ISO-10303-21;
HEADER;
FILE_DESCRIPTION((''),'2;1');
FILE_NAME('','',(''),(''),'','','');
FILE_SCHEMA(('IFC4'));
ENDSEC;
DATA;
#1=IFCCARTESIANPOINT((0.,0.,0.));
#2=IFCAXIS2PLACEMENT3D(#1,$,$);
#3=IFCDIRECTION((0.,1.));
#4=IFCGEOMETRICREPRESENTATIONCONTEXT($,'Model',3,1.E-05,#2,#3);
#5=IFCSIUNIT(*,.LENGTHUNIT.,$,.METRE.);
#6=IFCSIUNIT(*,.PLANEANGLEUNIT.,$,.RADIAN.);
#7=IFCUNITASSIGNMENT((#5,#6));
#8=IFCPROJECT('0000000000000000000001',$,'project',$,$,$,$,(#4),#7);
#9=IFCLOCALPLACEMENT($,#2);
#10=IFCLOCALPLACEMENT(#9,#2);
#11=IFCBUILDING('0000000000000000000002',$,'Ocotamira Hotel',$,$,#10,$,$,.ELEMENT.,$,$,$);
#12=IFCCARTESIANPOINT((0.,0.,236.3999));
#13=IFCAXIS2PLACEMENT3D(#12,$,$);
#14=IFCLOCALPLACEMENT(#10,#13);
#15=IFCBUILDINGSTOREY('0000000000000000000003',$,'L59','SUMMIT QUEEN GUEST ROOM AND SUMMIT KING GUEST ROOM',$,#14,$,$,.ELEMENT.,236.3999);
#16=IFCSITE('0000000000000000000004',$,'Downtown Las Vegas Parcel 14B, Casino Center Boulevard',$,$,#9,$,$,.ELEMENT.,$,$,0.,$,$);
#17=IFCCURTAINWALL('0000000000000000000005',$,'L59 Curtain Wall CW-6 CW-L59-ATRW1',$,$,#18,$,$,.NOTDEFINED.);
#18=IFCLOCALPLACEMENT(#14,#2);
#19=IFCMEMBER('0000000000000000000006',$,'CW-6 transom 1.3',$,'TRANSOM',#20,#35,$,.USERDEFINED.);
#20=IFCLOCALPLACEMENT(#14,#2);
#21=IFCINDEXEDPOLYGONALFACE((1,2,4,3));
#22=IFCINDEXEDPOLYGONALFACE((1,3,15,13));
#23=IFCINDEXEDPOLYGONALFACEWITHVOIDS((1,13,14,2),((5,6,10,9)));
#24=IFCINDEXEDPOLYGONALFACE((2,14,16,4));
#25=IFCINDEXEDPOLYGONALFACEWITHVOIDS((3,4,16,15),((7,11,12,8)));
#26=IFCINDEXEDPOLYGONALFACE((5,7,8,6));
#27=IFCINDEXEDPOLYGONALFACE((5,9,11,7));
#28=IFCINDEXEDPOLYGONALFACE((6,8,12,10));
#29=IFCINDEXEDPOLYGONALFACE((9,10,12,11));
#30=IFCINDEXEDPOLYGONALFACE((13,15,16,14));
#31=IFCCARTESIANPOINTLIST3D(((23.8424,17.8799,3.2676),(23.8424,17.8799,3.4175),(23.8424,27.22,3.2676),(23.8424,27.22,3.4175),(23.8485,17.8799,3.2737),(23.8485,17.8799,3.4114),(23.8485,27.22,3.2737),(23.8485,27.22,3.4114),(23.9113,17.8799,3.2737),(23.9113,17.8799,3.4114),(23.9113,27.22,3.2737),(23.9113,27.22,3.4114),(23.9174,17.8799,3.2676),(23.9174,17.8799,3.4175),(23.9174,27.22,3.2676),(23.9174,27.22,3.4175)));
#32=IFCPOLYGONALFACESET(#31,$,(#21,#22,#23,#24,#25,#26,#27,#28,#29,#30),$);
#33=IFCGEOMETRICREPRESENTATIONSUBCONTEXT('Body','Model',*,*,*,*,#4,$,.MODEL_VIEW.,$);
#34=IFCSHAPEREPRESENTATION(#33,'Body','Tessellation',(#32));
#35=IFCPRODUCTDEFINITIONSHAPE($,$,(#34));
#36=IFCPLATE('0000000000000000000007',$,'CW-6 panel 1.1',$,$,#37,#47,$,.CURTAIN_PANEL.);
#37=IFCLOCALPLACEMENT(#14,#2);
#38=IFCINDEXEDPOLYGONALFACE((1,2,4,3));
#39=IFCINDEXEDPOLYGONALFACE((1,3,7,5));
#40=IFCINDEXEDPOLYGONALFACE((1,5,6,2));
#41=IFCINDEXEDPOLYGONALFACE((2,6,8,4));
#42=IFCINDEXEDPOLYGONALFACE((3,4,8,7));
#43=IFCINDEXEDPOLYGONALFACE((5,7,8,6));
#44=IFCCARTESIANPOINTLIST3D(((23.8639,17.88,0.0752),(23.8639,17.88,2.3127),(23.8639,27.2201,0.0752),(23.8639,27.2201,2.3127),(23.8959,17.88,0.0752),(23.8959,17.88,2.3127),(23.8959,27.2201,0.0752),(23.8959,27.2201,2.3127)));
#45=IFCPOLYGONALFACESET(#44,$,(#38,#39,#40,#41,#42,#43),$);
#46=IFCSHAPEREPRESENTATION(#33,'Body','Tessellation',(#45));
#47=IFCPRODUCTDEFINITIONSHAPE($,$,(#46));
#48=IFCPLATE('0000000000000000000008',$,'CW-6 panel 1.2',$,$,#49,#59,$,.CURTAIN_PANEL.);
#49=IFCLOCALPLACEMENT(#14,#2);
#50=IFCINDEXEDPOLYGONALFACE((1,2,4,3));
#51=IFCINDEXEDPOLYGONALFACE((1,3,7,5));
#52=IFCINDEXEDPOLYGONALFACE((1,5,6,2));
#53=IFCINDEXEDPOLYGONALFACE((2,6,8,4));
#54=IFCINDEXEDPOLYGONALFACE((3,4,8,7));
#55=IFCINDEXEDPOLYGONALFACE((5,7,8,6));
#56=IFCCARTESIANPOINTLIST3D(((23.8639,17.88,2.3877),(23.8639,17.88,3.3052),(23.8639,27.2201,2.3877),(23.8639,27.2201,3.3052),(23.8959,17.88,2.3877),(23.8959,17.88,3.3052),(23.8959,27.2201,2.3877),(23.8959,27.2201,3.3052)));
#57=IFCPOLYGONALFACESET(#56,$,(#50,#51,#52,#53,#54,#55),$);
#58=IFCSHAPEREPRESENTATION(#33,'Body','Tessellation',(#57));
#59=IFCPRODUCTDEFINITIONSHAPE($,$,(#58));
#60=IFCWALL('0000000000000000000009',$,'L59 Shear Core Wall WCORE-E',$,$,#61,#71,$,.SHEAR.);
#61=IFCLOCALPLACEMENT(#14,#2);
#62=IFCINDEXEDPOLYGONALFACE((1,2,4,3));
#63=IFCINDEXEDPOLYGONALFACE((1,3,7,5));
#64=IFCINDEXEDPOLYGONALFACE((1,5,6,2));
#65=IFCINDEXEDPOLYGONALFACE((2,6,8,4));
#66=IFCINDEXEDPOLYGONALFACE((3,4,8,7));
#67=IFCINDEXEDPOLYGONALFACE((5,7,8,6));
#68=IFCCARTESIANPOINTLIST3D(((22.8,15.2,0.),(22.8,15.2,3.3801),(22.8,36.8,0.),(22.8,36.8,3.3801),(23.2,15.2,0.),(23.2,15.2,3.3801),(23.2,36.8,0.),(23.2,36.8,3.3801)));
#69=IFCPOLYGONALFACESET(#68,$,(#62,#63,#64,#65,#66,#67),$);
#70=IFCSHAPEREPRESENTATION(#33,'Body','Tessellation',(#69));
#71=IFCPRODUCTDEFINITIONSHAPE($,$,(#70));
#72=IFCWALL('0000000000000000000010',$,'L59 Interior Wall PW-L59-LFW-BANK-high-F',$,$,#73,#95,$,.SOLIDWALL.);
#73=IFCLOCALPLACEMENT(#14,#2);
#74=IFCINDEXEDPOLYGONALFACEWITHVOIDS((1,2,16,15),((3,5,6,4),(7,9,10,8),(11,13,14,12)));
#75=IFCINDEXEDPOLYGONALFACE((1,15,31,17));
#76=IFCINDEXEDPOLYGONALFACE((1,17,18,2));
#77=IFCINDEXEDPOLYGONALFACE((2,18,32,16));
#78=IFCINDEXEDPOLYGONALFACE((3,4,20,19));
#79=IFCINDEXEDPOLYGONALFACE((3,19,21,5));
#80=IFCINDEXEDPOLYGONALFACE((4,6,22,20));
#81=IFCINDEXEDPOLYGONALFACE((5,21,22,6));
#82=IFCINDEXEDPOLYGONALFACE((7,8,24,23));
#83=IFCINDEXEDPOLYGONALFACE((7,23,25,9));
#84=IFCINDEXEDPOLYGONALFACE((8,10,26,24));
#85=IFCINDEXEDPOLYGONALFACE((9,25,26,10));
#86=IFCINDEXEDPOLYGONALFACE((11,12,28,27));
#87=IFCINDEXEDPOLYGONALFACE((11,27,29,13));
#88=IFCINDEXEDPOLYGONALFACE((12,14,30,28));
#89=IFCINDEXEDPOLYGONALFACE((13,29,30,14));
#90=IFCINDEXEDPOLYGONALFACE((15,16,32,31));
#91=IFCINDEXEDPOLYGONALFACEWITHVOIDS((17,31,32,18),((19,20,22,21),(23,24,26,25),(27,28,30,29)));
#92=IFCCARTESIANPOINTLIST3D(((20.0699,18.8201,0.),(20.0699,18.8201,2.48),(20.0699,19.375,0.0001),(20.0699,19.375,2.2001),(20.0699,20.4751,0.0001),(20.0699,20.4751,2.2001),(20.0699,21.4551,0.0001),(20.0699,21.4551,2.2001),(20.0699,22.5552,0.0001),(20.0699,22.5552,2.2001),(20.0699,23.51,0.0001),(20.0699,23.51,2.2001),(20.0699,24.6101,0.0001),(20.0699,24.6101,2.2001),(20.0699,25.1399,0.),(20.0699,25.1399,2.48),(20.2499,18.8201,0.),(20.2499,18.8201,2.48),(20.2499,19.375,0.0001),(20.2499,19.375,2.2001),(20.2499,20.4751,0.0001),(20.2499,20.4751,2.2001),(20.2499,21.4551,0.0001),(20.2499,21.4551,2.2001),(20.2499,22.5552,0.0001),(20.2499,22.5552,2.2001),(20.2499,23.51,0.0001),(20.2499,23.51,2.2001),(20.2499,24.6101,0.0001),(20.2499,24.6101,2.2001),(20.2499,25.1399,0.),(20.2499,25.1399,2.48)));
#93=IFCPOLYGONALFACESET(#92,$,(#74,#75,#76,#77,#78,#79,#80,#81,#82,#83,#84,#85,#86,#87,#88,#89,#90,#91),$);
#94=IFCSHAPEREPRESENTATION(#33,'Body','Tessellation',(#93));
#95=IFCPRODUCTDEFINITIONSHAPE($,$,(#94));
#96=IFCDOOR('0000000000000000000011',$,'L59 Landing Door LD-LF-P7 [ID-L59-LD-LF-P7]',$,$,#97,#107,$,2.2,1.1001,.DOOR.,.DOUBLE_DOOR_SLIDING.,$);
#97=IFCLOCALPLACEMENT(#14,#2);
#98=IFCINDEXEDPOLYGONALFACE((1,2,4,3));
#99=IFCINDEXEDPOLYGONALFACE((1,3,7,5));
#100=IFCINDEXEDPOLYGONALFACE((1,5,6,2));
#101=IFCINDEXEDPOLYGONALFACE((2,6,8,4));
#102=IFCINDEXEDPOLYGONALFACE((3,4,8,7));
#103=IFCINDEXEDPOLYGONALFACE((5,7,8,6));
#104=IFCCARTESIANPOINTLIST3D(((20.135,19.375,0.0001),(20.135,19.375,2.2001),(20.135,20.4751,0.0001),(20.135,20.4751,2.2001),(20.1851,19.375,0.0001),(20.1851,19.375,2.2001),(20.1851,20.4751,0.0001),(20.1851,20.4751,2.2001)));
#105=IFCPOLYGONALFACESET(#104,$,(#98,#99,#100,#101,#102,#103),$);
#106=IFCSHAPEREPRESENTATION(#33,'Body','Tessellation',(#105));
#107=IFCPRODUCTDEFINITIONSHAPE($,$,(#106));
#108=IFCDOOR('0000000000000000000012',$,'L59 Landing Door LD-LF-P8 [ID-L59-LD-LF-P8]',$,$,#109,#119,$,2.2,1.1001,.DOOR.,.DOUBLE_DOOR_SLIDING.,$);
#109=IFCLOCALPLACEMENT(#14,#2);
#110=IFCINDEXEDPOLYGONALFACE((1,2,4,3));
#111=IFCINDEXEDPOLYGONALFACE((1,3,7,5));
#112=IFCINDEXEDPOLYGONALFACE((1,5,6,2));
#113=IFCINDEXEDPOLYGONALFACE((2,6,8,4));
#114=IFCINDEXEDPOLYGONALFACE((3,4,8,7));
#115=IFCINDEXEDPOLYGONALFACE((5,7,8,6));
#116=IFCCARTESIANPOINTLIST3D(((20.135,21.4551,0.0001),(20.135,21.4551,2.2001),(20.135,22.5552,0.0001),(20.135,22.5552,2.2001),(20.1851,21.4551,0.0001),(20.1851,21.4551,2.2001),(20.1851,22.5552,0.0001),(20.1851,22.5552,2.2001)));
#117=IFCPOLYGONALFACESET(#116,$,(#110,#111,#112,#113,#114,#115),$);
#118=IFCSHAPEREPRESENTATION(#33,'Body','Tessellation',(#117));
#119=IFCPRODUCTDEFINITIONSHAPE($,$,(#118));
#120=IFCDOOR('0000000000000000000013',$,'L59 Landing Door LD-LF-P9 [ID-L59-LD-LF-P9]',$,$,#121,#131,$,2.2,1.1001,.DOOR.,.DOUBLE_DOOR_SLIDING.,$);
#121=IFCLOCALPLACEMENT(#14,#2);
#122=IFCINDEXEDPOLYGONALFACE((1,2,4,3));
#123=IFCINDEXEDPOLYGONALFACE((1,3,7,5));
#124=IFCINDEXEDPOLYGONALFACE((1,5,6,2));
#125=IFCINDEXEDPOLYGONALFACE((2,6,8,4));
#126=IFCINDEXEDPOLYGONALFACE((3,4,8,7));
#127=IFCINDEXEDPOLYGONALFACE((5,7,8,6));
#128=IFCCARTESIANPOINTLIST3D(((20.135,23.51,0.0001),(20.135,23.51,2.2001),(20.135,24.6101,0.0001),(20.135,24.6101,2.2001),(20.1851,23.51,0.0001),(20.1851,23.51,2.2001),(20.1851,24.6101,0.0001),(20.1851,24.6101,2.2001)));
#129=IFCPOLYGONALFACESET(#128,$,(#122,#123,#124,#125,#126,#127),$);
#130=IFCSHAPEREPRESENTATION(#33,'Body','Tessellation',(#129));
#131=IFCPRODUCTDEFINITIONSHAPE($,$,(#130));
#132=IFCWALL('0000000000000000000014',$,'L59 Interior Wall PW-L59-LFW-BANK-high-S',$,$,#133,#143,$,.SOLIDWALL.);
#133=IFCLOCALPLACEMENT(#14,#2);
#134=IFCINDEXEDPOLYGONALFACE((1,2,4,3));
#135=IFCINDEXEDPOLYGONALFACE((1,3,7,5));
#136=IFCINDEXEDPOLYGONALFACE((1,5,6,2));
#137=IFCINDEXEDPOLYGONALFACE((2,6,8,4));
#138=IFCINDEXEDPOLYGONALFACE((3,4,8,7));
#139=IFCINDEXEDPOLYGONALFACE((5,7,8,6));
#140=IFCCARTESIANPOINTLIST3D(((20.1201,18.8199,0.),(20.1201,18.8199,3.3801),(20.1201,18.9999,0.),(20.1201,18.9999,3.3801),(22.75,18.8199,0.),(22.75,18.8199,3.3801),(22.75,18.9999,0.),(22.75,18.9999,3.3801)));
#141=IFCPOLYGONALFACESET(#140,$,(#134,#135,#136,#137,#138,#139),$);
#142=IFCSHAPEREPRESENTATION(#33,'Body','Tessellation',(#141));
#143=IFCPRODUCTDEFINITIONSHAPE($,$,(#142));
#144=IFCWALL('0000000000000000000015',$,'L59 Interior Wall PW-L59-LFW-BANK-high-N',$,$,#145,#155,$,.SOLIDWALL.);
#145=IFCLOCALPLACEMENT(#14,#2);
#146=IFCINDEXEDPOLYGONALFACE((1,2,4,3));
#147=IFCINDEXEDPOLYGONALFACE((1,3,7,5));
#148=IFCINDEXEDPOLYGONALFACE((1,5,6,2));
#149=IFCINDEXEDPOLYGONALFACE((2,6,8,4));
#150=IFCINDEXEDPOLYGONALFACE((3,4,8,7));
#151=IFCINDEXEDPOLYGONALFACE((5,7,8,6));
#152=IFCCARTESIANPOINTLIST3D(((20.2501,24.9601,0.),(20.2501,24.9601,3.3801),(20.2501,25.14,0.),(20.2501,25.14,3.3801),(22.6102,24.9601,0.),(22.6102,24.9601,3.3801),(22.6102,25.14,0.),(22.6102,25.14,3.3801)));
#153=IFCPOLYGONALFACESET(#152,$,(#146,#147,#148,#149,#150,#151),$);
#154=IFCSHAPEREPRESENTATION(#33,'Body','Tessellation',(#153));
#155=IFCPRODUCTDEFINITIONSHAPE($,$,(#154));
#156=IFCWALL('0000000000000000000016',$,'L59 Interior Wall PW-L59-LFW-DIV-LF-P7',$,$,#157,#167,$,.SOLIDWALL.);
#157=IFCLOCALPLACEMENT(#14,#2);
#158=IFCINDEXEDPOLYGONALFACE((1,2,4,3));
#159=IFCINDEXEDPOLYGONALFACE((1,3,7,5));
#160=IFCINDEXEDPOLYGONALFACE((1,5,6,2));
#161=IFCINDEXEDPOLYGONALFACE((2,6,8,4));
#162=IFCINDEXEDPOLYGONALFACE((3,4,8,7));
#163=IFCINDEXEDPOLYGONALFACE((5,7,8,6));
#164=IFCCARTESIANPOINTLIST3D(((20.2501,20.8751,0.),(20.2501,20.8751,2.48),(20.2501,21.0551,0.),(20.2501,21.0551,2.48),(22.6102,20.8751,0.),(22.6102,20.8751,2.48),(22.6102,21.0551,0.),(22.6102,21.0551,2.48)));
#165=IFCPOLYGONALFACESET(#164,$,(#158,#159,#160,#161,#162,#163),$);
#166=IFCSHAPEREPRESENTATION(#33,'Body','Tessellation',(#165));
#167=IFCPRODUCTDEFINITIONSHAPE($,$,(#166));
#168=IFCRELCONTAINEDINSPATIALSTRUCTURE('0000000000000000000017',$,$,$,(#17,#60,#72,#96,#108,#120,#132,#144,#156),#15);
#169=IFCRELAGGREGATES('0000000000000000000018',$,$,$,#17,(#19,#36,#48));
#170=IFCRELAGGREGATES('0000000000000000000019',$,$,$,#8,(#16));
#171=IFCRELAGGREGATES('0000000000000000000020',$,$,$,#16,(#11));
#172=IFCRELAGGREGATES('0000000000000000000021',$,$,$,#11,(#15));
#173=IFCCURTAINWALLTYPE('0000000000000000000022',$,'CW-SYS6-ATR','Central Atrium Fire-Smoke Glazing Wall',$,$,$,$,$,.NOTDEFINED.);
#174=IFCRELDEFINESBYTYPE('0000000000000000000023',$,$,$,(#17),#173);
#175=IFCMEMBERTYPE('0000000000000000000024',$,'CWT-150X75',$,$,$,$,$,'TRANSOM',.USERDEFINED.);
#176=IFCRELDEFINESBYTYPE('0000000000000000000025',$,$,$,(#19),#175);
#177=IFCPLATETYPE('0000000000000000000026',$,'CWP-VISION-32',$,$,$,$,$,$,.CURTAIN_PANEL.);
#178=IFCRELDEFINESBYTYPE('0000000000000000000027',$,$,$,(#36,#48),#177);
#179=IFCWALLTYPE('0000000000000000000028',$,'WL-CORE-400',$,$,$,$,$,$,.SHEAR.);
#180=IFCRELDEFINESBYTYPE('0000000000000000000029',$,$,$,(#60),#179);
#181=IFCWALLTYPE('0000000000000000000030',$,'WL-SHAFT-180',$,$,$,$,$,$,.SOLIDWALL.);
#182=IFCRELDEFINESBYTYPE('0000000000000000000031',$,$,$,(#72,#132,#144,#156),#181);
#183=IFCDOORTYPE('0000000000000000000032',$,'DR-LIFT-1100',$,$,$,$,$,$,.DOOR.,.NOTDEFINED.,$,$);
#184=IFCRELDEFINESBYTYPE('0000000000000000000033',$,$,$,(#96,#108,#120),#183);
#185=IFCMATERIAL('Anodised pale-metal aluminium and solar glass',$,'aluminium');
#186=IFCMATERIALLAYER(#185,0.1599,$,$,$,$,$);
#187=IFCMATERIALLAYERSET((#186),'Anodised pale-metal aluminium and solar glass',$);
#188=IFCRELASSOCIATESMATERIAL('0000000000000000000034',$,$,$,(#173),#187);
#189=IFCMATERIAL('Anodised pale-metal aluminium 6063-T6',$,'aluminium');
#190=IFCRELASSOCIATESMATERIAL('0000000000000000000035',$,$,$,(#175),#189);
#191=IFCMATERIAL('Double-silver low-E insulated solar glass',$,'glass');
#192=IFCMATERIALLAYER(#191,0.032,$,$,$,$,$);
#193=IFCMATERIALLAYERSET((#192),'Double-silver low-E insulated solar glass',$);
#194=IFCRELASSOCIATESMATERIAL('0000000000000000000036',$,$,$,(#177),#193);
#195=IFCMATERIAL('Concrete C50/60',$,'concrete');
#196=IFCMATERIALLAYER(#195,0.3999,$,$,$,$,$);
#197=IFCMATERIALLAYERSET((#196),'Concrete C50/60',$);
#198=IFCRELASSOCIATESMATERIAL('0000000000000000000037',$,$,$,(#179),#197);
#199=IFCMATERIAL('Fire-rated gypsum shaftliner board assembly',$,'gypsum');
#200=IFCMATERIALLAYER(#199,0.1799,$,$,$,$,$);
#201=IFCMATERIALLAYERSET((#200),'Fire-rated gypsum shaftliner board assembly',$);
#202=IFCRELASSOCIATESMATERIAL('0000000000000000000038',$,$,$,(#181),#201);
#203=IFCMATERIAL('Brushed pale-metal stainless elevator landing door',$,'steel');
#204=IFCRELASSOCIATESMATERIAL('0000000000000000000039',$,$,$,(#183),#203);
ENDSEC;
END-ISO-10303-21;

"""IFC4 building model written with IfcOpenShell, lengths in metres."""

from ifc_helpers import new_model, si_unit, direction, frame, frame_2d, origin, origin_2d, place, context, subcontext, project, spatial, rectangle, hollow_rectangle, extrude, source, transform, mapped, material, layer, layer_set, material_profile, profile_set, type_object, element, fill, aggregate, save


model = new_model("IFC4")

# Units and contexts
model_context = context("Model", 3, precision=1e-05, world=origin(), true_north=direction((0.0, 1.0)))
body_context = subcontext(model_context, "Body", "Model", "MODEL_VIEW")
ifc_project = project(units=[si_unit("LENGTHUNIT", "METRE"), si_unit("PLANEANGLEUNIT", "RADIAN")], contexts=[model_context])

# Site, building, storey
site_placement = place(None, origin())
site = spatial("IfcSite", under=ifc_project, at=site_placement, Name="Downtown Las Vegas Parcel 14B, Casino Center Boulevard", CompositionType="ELEMENT", RefElevation=0.0)
building_placement = place(site_placement, origin())
building = spatial("IfcBuilding", under=site, at=building_placement, Name="Ocotamira Hotel", CompositionType="ELEMENT")
storey_placement = place(building_placement, frame((0.0, 0.0, 236.3999)))
storey = spatial("IfcBuildingStorey", under=building, at=storey_placement, Name="L59", Description="SUMMIT QUEEN GUEST ROOM AND SUMMIT KING GUEST ROOM", CompositionType="ELEMENT", Elevation=236.3999)

# Curtain wall, member, plates
ifc_material_1 = material(Name="Anodised pale-metal aluminium and solar glass", Category="aluminium")
ifc_layer_1 = layer(ifc_material_1, 0.1599)
ifc_layer_set_1 = layer_set([ifc_layer_1], Name="Anodised pale-metal aluminium and solar glass")
curtain_wall_type = type_object("IfcCurtainWallType", Name="CW-SYS6-ATR", Description="Central Atrium Fire-Smoke Glazing Wall", PredefinedType="NOTDEFINED", material=ifc_layer_set_1)
curtain_wall_placement = place(storey_placement, origin())
curtain_wall = element("IfcCurtainWall", 1, at=curtain_wall_placement, inside=storey, type_object=curtain_wall_type, Name="L59 Curtain Wall CW-6 CW-L59-ATRW1", PredefinedType="NOTDEFINED")
ifc_material_2 = material(Name="Anodised pale-metal aluminium 6063-T6", Category="aluminium")
ifc_material_profile_1 = material_profile(ifc_material_2, hollow_rectangle(XDim=0.075, YDim=0.1499, WallThickness=0.0061, at=origin_2d()), Name="HSS150X75X6")
ifc_profile_set_1 = profile_set([ifc_material_profile_1], Name="Anodised pale-metal aluminium 6063-T6")
member_type_1 = type_object("IfcMemberType", Name="CWT-150X75", ElementType="TRANSOM", PredefinedType="USERDEFINED", material=ifc_profile_set_1)
shared_shape_1 = source(origin(), body_context, "Body", "SweptSolid", [
    extrude(hollow_rectangle(XDim=0.075, YDim=0.1499, WallThickness=0.0061, at=origin_2d()), origin(), (0.0, 0.0, 1.0), 9.3401),
])
member_1_placement = place(storey_placement, frame((23.8799, 17.8799, 3.3425), z_axis=(0.0, 1.0, 0.0), x_axis=(-1.0, 0.0, 0.0)))
member_1 = element("IfcMember", 2, at=member_1_placement, type_object=member_type_1, Name="CW-6 transom 1.3", ObjectType="TRANSOM", PredefinedType="USERDEFINED", context=body_context, shape_type="MappedRepresentation", body=[
    mapped(shared_shape_1, transform((0.0, 0.0, 0.0), scale=1.0)),
])
ifc_material_3 = material(Name="Double-silver low-E insulated solar glass", Category="glass")
ifc_layer_2 = layer(ifc_material_3, 0.032)
ifc_layer_set_2 = layer_set([ifc_layer_2], Name="Double-silver low-E insulated solar glass")
plate_type = type_object("IfcPlateType", Name="CWP-VISION-32", PredefinedType="CURTAIN_PANEL", material=ifc_layer_set_2)
shared_shape_2 = source(origin(), body_context, "Body", "SweptSolid", [
    extrude(rectangle(XDim=9.3401, YDim=0.032, at=origin_2d()), origin(), (0.0, 0.0, 1.0), 2.2375),
])
plate_1_placement = place(storey_placement, frame((23.8799, 22.55, 0.0752), z_axis=(0.0, 0.0, 1.0), x_axis=(0.0, 1.0, 0.0)))
plate_1 = element("IfcPlate", 3, at=plate_1_placement, type_object=plate_type, Name="CW-6 panel 1.1", PredefinedType="CURTAIN_PANEL", context=body_context, shape_type="MappedRepresentation", body=[
    mapped(shared_shape_2, transform((0.0, 0.0, 0.0), scale=1.0)),
])
shared_shape_3 = source(origin(), body_context, "Body", "SweptSolid", [
    extrude(rectangle(XDim=9.3401, YDim=0.032, at=origin_2d()), origin(), (0.0, 0.0, 1.0), 0.9175),
])
plate_2_placement = place(storey_placement, frame((23.8799, 22.55, 2.3877), z_axis=(0.0, 0.0, 1.0), x_axis=(0.0, 1.0, 0.0)))
plate_2 = element("IfcPlate", 4, at=plate_2_placement, type_object=plate_type, Name="CW-6 panel 1.2", PredefinedType="CURTAIN_PANEL", context=body_context, shape_type="MappedRepresentation", body=[
    mapped(shared_shape_3, transform((0.0, 0.0, 0.0), scale=1.0)),
])
aggregate(curtain_wall, [member_1, plate_1, plate_2])

# Wall
ifc_material_4 = material(Name="Concrete C50/60", Category="concrete")
ifc_layer_3 = layer(ifc_material_4, 0.3999)
ifc_layer_set_3 = layer_set([ifc_layer_3], Name="Concrete C50/60")
wall_type_1 = type_object("IfcWallType", Name="WL-CORE-400", PredefinedType="SHEAR", material=ifc_layer_set_3)
wall_1_placement = place(storey_placement, frame((23.0, 15.2, 0.0), z_axis=(0.0, 0.0, 1.0), x_axis=(0.0, 1.0, 0.0)))
element("IfcWall", 5, at=wall_1_placement, inside=storey, type_object=wall_type_1, Name="L59 Shear Core Wall WCORE-E", PredefinedType="SHEAR", context=body_context, shape_type="SweptSolid", body=[
    extrude(rectangle(XDim=21.6001, YDim=0.3999, at=frame_2d((10.8, 0.0))), origin(), (0.0, 0.0, 1.0), 3.3801),
])

# Wall, openings, doors
ifc_material_5 = material(Name="Fire-rated gypsum shaftliner board assembly", Category="gypsum")
ifc_layer_4 = layer(ifc_material_5, 0.1799)
ifc_layer_set_4 = layer_set([ifc_layer_4], Name="Fire-rated gypsum shaftliner board assembly")
wall_type_2 = type_object("IfcWallType", Name="WL-SHAFT-180", PredefinedType="SOLIDWALL", material=ifc_layer_set_4)
wall_2_placement = place(storey_placement, frame((20.1599, 18.8201, 0.0), z_axis=(0.0, 0.0, 1.0), x_axis=(0.0, 1.0, 0.0)))
wall_2 = element("IfcWall", 6, at=wall_2_placement, inside=storey, type_object=wall_type_2, Name="L59 Interior Wall PW-L59-LFW-BANK-high-F", PredefinedType="SOLIDWALL", context=body_context, shape_type="SweptSolid", body=[
    extrude(rectangle(XDim=6.3198, YDim=0.1799, at=frame_2d((3.1599, 0.0))), origin(), (0.0, 0.0, 1.0), 2.48),
])
opening_1_placement = place(wall_2_placement, frame((0.5549, 0.0, 0.0)))
opening_1 = element("IfcOpeningElement", 7, at=opening_1_placement, cuts=wall_2, PredefinedType="OPENING", context=body_context, shape_type="SweptSolid", body=[
    extrude(rectangle(XDim=1.1001, YDim=2.2, at=frame_2d((0.55, 1.1001))), frame((0.0, 0.1001, 0.0), z_axis=(0.0, -1.0, 0.0), x_axis=(1.0, 0.0, 0.0)), (0.0, 0.0, 1.0), 0.2),
])
opening_2_placement = place(wall_2_placement, frame((2.635, 0.0, 0.0)))
opening_2 = element("IfcOpeningElement", 8, at=opening_2_placement, cuts=wall_2, PredefinedType="OPENING", context=body_context, shape_type="SweptSolid", body=[
    extrude(rectangle(XDim=1.1001, YDim=2.2, at=frame_2d((0.55, 1.1001))), frame((0.0, 0.1001, 0.0), z_axis=(0.0, -1.0, 0.0), x_axis=(1.0, 0.0, 0.0)), (0.0, 0.0, 1.0), 0.2),
])
opening_3_placement = place(wall_2_placement, frame((4.6899, 0.0, 0.0)))
opening_3 = element("IfcOpeningElement", 9, at=opening_3_placement, cuts=wall_2, PredefinedType="OPENING", context=body_context, shape_type="SweptSolid", body=[
    extrude(rectangle(XDim=1.1001, YDim=2.2, at=frame_2d((0.55, 1.1001))), frame((0.0, 0.1001, 0.0), z_axis=(0.0, -1.0, 0.0), x_axis=(1.0, 0.0, 0.0)), (0.0, 0.0, 1.0), 0.2),
])
ifc_material_6 = material(Name="Brushed pale-metal stainless elevator landing door", Category="steel")
door_type = type_object("IfcDoorType", Name="DR-LIFT-1100", OperationType="NOTDEFINED", PredefinedType="DOOR", material=ifc_material_6)
shared_shape_4 = source(origin(), body_context, "Body", "SweptSolid", [
    extrude(rectangle(XDim=1.1001, YDim=2.2, at=frame_2d((0.55, 1.1001))), frame((0.0, 0.0249, 0.0), z_axis=(0.0, -1.0, 0.0), x_axis=(1.0, 0.0, 0.0)), (0.0, 0.0, 1.0), 0.05),
])
door_1_placement = place(opening_1_placement, origin())
door_1 = element("IfcDoor", 10, at=door_1_placement, inside=storey, type_object=door_type, Name="L59 Landing Door LD-LF-P7 [ID-L59-LD-LF-P7]", OperationType="DOUBLE_DOOR_SLIDING", OverallHeight=2.2, OverallWidth=1.1001, PredefinedType="DOOR", context=body_context, shape_type="MappedRepresentation", body=[
    mapped(shared_shape_4, transform((0.0, 0.0, 0.0), scale=1.0)),
])
fill(opening_1, door_1)
door_2_placement = place(opening_2_placement, origin())
door_2 = element("IfcDoor", 11, at=door_2_placement, inside=storey, type_object=door_type, Name="L59 Landing Door LD-LF-P8 [ID-L59-LD-LF-P8]", OperationType="DOUBLE_DOOR_SLIDING", OverallHeight=2.2, OverallWidth=1.1001, PredefinedType="DOOR", context=body_context, shape_type="MappedRepresentation", body=[
    mapped(shared_shape_4, transform((0.0, 0.0, 0.0), scale=1.0)),
])
fill(opening_2, door_2)
door_3_placement = place(opening_3_placement, origin())
door_3 = element("IfcDoor", 12, at=door_3_placement, inside=storey, type_object=door_type, Name="L59 Landing Door LD-LF-P9 [ID-L59-LD-LF-P9]", OperationType="DOUBLE_DOOR_SLIDING", OverallHeight=2.2, OverallWidth=1.1001, PredefinedType="DOOR", context=body_context, shape_type="MappedRepresentation", body=[
    mapped(shared_shape_4, transform((0.0, 0.0, 0.0), scale=1.0)),
])
fill(opening_3, door_3)

# Walls
wall_3_placement = place(storey_placement, frame((20.1201, 18.9099, 0.0), z_axis=(0.0, 0.0, 1.0), x_axis=(1.0, 0.0, 0.0)))
element("IfcWall", 13, at=wall_3_placement, inside=storey, type_object=wall_type_2, Name="L59 Interior Wall PW-L59-LFW-BANK-high-S", PredefinedType="SOLIDWALL", context=body_context, shape_type="SweptSolid", body=[
    extrude(rectangle(XDim=2.6299, YDim=0.1799, at=frame_2d((1.3149, 0.0))), origin(), (0.0, 0.0, 1.0), 3.3801),
])
wall_4_placement = place(storey_placement, frame((20.25, 25.05, 0.0), z_axis=(0.0, 0.0, 1.0), x_axis=(1.0, 0.0, 0.0)))
element("IfcWall", 14, at=wall_4_placement, inside=storey, type_object=wall_type_2, Name="L59 Interior Wall PW-L59-LFW-BANK-high-N", PredefinedType="SOLIDWALL", context=body_context, shape_type="SweptSolid", body=[
    extrude(rectangle(XDim=2.3601, YDim=0.1799, at=frame_2d((1.1802, 0.0))), origin(), (0.0, 0.0, 1.0), 3.3801),
])
wall_5_placement = place(storey_placement, frame((20.25, 20.9651, 0.0), z_axis=(0.0, 0.0, 1.0), x_axis=(1.0, 0.0, 0.0)))
element("IfcWall", 15, at=wall_5_placement, inside=storey, type_object=wall_type_2, Name="L59 Interior Wall PW-L59-LFW-DIV-LF-P7", PredefinedType="SOLIDWALL", context=body_context, shape_type="SweptSolid", body=[
    extrude(rectangle(XDim=2.3601, YDim=0.1799, at=frame_2d((1.1802, 0.0))), origin(), (0.0, 0.0, 1.0), 2.48),
])

save(model, "model.ifc")
